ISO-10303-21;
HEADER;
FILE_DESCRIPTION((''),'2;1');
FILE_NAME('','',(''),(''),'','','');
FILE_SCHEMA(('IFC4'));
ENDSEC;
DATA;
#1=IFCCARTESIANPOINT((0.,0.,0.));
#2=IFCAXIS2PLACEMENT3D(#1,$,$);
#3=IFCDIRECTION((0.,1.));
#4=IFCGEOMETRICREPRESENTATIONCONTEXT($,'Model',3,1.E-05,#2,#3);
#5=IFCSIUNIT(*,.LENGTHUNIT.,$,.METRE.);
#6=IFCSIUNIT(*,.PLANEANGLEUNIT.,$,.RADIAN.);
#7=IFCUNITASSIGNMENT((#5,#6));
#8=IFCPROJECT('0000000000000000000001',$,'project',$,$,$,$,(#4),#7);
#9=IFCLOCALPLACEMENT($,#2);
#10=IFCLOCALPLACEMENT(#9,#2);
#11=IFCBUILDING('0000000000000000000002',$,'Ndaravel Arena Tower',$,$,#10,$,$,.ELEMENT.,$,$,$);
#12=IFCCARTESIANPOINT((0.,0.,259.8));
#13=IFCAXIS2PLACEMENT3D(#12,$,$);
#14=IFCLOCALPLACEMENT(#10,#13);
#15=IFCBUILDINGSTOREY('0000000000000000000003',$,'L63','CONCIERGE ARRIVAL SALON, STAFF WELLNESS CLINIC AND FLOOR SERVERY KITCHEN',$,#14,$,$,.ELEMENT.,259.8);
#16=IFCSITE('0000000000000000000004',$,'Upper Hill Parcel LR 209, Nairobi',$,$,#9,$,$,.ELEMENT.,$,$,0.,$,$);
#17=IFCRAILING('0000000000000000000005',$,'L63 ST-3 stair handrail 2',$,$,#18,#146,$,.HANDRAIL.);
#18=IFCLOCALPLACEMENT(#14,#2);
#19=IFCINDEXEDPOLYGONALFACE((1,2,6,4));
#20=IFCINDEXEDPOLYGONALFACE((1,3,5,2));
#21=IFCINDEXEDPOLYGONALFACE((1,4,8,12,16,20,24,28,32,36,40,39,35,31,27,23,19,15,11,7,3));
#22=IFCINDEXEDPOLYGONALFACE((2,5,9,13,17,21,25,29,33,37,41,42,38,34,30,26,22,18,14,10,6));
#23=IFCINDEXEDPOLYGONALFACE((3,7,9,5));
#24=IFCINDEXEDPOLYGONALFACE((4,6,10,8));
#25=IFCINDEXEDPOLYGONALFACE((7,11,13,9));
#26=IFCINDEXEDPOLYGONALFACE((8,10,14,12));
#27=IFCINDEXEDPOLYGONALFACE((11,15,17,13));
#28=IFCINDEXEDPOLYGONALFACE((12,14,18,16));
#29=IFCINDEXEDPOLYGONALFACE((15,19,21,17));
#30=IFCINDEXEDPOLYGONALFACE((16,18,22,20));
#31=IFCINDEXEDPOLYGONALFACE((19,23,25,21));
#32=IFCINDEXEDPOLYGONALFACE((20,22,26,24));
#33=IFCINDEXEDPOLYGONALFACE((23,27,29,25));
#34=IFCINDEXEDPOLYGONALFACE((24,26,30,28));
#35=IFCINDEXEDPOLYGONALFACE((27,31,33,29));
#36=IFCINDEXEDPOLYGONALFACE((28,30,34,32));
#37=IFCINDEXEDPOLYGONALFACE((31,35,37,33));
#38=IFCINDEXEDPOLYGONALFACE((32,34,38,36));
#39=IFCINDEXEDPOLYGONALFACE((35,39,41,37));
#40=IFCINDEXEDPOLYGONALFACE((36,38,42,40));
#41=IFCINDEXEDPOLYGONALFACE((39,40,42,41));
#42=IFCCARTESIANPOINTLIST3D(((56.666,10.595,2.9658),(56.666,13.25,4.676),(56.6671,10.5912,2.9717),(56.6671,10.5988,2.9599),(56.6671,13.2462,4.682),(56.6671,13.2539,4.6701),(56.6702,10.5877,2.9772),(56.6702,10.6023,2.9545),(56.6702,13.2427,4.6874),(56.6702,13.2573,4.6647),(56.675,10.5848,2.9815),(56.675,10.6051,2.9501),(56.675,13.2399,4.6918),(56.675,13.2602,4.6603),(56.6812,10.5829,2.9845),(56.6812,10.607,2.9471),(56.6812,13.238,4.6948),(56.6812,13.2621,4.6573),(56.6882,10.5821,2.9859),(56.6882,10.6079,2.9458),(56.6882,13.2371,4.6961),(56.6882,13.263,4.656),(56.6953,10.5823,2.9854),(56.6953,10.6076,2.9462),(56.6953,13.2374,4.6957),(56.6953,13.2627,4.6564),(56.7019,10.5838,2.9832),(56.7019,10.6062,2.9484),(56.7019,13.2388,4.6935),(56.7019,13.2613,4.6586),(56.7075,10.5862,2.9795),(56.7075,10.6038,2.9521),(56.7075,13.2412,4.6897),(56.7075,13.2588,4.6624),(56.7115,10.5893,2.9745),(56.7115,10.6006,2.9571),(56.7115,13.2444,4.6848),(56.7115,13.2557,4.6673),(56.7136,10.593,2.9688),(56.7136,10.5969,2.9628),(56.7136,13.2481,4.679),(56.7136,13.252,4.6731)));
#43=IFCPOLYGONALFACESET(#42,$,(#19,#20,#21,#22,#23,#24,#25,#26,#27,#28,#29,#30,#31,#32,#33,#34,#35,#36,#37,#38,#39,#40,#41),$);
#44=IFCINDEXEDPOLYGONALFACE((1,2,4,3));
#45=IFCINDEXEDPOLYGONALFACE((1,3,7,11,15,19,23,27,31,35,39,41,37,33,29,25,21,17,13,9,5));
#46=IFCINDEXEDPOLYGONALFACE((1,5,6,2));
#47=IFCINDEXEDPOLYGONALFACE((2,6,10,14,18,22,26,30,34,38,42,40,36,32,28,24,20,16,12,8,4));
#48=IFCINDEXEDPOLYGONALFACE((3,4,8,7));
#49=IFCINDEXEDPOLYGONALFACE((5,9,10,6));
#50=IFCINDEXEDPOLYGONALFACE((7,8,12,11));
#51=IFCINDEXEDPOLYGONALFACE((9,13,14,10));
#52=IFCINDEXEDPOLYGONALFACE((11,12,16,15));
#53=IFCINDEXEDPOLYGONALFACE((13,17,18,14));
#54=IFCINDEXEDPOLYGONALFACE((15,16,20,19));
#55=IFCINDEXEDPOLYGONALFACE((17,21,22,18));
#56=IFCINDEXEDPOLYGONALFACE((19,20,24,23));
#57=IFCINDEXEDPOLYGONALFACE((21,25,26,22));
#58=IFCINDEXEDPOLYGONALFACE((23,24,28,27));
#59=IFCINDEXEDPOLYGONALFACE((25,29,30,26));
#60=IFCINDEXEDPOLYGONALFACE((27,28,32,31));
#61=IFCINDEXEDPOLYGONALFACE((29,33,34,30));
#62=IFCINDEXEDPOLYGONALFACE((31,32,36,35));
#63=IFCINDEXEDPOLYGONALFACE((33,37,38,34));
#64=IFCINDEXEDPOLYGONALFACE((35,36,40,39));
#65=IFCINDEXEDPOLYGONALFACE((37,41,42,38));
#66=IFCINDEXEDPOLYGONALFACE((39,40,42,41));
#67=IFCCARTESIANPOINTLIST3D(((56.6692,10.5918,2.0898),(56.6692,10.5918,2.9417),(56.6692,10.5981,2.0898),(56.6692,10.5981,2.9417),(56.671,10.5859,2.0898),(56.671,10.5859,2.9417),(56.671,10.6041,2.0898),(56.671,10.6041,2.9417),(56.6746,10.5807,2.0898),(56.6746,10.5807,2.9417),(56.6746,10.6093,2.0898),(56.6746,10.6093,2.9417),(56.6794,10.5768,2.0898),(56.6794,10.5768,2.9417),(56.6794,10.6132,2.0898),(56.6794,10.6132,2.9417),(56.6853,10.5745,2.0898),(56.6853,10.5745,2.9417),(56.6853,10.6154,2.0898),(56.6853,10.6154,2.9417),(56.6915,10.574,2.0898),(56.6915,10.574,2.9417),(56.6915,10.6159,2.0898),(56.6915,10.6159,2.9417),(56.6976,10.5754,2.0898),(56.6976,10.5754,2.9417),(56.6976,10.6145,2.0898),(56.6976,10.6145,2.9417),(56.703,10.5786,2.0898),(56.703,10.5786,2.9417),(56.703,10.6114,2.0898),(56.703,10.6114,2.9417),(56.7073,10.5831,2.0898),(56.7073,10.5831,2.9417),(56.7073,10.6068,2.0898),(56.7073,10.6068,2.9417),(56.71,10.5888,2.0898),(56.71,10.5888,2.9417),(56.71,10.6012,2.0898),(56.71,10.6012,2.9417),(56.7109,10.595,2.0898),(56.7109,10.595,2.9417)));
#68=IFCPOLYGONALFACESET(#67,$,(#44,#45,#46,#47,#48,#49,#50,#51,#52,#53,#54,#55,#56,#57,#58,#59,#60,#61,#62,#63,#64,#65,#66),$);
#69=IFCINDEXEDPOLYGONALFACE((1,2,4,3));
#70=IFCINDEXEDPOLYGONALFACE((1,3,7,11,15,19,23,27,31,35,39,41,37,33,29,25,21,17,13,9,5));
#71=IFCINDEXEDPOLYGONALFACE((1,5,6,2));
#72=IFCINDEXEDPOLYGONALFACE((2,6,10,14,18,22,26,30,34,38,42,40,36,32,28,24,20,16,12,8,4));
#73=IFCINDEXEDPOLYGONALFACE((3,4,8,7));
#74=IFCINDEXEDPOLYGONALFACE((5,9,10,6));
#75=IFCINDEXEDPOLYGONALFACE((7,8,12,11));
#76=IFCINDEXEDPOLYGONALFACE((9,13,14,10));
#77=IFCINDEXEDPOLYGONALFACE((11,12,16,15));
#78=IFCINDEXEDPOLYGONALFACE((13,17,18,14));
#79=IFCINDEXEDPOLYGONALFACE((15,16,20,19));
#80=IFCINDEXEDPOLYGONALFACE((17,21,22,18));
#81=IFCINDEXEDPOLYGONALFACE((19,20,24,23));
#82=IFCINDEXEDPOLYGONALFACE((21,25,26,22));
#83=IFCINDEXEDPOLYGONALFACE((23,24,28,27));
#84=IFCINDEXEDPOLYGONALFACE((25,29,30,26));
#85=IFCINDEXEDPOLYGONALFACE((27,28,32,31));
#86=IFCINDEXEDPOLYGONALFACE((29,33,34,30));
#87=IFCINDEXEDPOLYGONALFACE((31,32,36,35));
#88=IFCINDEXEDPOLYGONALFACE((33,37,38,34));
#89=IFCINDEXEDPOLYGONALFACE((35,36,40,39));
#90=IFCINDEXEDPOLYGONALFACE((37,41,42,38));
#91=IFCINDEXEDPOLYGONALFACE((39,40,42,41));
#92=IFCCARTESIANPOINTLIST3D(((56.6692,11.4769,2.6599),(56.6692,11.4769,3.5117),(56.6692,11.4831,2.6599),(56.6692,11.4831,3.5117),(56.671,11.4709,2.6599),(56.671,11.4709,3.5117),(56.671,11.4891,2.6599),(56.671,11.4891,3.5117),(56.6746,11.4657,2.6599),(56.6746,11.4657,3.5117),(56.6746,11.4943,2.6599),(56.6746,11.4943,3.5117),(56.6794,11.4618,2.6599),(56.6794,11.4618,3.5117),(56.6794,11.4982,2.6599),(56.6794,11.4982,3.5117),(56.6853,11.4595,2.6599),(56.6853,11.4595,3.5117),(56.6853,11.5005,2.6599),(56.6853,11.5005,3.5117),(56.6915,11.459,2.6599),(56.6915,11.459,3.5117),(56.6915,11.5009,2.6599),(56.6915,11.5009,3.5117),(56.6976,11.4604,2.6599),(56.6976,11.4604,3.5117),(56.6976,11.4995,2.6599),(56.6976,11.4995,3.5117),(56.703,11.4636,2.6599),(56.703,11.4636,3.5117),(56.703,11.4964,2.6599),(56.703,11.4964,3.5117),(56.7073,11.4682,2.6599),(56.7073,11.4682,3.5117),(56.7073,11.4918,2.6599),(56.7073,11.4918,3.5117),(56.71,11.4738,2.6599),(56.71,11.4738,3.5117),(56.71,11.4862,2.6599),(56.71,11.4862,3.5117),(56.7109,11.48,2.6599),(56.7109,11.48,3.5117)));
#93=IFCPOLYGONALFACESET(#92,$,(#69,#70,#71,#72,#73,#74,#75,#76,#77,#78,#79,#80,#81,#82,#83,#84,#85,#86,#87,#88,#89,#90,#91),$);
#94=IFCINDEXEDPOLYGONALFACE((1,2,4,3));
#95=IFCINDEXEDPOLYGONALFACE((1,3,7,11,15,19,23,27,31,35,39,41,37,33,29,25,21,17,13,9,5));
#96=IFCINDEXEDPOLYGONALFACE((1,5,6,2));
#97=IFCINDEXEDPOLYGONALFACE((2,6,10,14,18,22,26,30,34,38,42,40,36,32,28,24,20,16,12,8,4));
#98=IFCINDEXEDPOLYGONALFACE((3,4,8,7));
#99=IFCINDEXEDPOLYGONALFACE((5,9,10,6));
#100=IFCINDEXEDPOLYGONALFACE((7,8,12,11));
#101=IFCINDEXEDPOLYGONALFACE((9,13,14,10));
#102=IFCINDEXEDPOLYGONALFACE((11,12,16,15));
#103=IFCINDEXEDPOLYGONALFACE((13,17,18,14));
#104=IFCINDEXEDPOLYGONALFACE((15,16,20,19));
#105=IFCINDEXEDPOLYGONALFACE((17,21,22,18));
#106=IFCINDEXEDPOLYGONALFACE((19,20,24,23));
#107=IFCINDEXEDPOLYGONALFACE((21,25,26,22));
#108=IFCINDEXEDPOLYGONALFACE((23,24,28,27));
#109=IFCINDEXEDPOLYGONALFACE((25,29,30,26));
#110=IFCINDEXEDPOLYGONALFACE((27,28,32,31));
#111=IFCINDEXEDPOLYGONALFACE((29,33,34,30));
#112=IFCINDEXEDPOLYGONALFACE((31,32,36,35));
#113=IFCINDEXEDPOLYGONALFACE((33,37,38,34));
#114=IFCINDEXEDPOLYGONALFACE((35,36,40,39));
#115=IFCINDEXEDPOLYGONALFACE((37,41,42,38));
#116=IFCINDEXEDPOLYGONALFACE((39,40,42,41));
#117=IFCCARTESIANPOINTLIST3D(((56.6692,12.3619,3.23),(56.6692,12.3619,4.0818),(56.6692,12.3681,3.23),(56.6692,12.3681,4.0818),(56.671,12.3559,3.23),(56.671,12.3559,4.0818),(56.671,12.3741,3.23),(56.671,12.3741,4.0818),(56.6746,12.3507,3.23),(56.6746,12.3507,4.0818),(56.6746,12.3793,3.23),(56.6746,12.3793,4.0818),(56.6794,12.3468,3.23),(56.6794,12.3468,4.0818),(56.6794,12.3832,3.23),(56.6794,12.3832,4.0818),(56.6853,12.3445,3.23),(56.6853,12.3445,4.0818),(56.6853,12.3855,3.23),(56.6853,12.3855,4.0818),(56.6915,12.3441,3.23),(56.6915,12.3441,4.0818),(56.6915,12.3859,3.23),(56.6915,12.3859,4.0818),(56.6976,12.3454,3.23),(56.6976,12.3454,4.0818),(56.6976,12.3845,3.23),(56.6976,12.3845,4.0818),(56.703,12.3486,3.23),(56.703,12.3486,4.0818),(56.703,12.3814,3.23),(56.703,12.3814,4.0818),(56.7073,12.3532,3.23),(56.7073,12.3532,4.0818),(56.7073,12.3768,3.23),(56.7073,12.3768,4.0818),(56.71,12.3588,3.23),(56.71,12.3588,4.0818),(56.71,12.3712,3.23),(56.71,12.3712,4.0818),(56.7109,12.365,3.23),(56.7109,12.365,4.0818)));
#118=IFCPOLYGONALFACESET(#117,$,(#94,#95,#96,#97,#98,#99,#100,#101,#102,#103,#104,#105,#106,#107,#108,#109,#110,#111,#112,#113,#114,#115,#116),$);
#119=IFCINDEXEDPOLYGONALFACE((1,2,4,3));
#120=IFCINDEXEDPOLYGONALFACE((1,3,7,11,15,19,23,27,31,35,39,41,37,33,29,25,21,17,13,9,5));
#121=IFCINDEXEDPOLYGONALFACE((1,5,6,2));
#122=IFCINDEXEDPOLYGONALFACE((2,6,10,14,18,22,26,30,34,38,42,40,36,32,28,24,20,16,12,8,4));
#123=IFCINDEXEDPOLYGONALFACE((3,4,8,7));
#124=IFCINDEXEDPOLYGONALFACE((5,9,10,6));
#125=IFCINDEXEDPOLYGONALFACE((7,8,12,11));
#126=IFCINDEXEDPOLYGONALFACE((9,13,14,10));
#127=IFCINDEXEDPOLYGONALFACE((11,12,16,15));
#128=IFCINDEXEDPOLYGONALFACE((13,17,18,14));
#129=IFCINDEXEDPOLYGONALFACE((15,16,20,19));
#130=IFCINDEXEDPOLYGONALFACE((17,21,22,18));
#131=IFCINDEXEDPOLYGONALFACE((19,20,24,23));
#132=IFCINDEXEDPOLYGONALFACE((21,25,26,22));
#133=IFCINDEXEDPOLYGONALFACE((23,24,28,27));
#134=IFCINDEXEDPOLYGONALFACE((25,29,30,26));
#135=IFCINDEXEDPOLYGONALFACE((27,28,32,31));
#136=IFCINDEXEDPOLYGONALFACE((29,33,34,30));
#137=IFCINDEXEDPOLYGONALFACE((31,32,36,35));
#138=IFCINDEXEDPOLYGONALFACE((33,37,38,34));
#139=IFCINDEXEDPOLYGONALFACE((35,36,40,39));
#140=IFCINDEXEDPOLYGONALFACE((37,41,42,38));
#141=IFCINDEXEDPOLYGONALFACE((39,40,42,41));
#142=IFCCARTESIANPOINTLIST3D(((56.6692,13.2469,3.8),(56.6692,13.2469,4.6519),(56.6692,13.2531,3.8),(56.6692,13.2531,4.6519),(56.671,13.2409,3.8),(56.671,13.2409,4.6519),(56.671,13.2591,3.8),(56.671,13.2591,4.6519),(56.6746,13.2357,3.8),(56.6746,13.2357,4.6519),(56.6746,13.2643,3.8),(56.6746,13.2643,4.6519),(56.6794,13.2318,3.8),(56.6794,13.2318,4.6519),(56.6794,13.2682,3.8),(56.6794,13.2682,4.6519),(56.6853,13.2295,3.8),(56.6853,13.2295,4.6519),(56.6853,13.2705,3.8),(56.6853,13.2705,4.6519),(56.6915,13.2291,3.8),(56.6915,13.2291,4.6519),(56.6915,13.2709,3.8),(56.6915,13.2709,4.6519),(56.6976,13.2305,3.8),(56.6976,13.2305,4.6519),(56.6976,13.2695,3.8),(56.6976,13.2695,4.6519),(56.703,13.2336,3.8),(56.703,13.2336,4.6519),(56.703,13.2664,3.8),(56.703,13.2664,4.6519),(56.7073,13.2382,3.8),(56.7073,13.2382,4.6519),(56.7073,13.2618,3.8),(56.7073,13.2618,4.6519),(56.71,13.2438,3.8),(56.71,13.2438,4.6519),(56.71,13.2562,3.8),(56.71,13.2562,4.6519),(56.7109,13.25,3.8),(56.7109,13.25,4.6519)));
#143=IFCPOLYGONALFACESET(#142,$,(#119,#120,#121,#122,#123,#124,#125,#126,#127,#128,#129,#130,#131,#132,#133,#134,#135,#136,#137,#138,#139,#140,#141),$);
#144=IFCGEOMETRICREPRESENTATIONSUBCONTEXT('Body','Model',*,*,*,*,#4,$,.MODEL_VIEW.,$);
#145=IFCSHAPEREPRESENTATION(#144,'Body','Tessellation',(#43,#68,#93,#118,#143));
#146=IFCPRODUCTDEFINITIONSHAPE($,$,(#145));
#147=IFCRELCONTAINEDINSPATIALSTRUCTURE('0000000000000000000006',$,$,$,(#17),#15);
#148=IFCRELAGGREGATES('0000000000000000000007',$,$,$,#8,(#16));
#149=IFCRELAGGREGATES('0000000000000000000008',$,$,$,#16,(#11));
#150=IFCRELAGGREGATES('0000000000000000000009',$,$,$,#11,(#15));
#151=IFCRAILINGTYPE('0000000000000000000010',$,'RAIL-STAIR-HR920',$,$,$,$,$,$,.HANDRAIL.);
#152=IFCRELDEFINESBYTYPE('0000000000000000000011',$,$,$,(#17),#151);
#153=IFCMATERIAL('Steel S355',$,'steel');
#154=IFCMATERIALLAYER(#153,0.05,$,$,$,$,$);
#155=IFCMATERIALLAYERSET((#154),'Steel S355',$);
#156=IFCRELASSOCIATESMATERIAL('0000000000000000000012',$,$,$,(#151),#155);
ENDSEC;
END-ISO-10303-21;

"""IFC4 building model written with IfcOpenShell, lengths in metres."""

from ifc_helpers import new_model, si_unit, direction, frame, origin, origin_2d, place, context, subcontext, project, spatial, circle, extrude, material, layer, layer_set, type_object, element, save


model = new_model("IFC4")

# Units and contexts
model_context = context("Model", 3, precision=1e-05, world=origin(), true_north=direction((0.0, 1.0)))
body_context = subcontext(model_context, "Body", "Model", "MODEL_VIEW")
ifc_project = project(units=[si_unit("LENGTHUNIT", "METRE"), si_unit("PLANEANGLEUNIT", "RADIAN")], contexts=[model_context])

# Site, building, storey
site_placement = place(None, origin())
site = spatial("IfcSite", under=ifc_project, at=site_placement, Name="Upper Hill Parcel LR 209, Nairobi", CompositionType="ELEMENT", RefElevation=0.0)
building_placement = place(site_placement, origin())
building = spatial("IfcBuilding", under=site, at=building_placement, Name="Ndaravel Arena Tower", CompositionType="ELEMENT")
storey_placement = place(building_placement, frame((0.0, 0.0, 259.8)))
storey = spatial("IfcBuildingStorey", under=building, at=storey_placement, Name="L63", Description="CONCIERGE ARRIVAL SALON, STAFF WELLNESS CLINIC AND FLOOR SERVERY KITCHEN", CompositionType="ELEMENT", Elevation=259.8)

# Railing
ifc_material_1 = material(Name="Steel S355", Category="steel")
ifc_layer_1 = layer(ifc_material_1, 0.05)
ifc_layer_set_1 = layer_set([ifc_layer_1], Name="Steel S355")
railing_type_1 = type_object("IfcRailingType", Name="RAIL-STAIR-HR920", PredefinedType="HANDRAIL", material=ifc_layer_set_1)
railing_1_placement = place(storey_placement, frame((56.6899, 10.595, 2.0898)))
element("IfcRailing", 1, at=railing_1_placement, inside=storey, type_object=railing_type_1, Name="L63 ST-3 stair handrail 2", PredefinedType="HANDRAIL", context=body_context, shape_type="SweptSolid", body=[
    extrude(circle(Radius=0.0239, at=origin_2d()), frame((0.0, 0.0, 0.876), z_axis=(0.0, 0.840688, 0.541519), x_axis=(-1.0, 0.0, 0.0)), (0.0, 0.0, 1.0), 3.1582),
    extrude(circle(Radius=0.021, at=origin_2d()), origin(), (0.0, 0.0, 1.0), 0.8518),
    extrude(circle(Radius=0.021, at=origin_2d()), frame((0.0, 0.885, 0.5701)), (0.0, 0.0, 1.0), 0.8518),
    extrude(circle(Radius=0.021, at=origin_2d()), frame((0.0, 1.77, 1.1401)), (0.0, 0.0, 1.0), 0.8518),
    extrude(circle(Radius=0.021, at=origin_2d()), frame((0.0, 2.655, 1.7102)), (0.0, 0.0, 1.0), 0.8518),
])

save(model, "model.ifc")
